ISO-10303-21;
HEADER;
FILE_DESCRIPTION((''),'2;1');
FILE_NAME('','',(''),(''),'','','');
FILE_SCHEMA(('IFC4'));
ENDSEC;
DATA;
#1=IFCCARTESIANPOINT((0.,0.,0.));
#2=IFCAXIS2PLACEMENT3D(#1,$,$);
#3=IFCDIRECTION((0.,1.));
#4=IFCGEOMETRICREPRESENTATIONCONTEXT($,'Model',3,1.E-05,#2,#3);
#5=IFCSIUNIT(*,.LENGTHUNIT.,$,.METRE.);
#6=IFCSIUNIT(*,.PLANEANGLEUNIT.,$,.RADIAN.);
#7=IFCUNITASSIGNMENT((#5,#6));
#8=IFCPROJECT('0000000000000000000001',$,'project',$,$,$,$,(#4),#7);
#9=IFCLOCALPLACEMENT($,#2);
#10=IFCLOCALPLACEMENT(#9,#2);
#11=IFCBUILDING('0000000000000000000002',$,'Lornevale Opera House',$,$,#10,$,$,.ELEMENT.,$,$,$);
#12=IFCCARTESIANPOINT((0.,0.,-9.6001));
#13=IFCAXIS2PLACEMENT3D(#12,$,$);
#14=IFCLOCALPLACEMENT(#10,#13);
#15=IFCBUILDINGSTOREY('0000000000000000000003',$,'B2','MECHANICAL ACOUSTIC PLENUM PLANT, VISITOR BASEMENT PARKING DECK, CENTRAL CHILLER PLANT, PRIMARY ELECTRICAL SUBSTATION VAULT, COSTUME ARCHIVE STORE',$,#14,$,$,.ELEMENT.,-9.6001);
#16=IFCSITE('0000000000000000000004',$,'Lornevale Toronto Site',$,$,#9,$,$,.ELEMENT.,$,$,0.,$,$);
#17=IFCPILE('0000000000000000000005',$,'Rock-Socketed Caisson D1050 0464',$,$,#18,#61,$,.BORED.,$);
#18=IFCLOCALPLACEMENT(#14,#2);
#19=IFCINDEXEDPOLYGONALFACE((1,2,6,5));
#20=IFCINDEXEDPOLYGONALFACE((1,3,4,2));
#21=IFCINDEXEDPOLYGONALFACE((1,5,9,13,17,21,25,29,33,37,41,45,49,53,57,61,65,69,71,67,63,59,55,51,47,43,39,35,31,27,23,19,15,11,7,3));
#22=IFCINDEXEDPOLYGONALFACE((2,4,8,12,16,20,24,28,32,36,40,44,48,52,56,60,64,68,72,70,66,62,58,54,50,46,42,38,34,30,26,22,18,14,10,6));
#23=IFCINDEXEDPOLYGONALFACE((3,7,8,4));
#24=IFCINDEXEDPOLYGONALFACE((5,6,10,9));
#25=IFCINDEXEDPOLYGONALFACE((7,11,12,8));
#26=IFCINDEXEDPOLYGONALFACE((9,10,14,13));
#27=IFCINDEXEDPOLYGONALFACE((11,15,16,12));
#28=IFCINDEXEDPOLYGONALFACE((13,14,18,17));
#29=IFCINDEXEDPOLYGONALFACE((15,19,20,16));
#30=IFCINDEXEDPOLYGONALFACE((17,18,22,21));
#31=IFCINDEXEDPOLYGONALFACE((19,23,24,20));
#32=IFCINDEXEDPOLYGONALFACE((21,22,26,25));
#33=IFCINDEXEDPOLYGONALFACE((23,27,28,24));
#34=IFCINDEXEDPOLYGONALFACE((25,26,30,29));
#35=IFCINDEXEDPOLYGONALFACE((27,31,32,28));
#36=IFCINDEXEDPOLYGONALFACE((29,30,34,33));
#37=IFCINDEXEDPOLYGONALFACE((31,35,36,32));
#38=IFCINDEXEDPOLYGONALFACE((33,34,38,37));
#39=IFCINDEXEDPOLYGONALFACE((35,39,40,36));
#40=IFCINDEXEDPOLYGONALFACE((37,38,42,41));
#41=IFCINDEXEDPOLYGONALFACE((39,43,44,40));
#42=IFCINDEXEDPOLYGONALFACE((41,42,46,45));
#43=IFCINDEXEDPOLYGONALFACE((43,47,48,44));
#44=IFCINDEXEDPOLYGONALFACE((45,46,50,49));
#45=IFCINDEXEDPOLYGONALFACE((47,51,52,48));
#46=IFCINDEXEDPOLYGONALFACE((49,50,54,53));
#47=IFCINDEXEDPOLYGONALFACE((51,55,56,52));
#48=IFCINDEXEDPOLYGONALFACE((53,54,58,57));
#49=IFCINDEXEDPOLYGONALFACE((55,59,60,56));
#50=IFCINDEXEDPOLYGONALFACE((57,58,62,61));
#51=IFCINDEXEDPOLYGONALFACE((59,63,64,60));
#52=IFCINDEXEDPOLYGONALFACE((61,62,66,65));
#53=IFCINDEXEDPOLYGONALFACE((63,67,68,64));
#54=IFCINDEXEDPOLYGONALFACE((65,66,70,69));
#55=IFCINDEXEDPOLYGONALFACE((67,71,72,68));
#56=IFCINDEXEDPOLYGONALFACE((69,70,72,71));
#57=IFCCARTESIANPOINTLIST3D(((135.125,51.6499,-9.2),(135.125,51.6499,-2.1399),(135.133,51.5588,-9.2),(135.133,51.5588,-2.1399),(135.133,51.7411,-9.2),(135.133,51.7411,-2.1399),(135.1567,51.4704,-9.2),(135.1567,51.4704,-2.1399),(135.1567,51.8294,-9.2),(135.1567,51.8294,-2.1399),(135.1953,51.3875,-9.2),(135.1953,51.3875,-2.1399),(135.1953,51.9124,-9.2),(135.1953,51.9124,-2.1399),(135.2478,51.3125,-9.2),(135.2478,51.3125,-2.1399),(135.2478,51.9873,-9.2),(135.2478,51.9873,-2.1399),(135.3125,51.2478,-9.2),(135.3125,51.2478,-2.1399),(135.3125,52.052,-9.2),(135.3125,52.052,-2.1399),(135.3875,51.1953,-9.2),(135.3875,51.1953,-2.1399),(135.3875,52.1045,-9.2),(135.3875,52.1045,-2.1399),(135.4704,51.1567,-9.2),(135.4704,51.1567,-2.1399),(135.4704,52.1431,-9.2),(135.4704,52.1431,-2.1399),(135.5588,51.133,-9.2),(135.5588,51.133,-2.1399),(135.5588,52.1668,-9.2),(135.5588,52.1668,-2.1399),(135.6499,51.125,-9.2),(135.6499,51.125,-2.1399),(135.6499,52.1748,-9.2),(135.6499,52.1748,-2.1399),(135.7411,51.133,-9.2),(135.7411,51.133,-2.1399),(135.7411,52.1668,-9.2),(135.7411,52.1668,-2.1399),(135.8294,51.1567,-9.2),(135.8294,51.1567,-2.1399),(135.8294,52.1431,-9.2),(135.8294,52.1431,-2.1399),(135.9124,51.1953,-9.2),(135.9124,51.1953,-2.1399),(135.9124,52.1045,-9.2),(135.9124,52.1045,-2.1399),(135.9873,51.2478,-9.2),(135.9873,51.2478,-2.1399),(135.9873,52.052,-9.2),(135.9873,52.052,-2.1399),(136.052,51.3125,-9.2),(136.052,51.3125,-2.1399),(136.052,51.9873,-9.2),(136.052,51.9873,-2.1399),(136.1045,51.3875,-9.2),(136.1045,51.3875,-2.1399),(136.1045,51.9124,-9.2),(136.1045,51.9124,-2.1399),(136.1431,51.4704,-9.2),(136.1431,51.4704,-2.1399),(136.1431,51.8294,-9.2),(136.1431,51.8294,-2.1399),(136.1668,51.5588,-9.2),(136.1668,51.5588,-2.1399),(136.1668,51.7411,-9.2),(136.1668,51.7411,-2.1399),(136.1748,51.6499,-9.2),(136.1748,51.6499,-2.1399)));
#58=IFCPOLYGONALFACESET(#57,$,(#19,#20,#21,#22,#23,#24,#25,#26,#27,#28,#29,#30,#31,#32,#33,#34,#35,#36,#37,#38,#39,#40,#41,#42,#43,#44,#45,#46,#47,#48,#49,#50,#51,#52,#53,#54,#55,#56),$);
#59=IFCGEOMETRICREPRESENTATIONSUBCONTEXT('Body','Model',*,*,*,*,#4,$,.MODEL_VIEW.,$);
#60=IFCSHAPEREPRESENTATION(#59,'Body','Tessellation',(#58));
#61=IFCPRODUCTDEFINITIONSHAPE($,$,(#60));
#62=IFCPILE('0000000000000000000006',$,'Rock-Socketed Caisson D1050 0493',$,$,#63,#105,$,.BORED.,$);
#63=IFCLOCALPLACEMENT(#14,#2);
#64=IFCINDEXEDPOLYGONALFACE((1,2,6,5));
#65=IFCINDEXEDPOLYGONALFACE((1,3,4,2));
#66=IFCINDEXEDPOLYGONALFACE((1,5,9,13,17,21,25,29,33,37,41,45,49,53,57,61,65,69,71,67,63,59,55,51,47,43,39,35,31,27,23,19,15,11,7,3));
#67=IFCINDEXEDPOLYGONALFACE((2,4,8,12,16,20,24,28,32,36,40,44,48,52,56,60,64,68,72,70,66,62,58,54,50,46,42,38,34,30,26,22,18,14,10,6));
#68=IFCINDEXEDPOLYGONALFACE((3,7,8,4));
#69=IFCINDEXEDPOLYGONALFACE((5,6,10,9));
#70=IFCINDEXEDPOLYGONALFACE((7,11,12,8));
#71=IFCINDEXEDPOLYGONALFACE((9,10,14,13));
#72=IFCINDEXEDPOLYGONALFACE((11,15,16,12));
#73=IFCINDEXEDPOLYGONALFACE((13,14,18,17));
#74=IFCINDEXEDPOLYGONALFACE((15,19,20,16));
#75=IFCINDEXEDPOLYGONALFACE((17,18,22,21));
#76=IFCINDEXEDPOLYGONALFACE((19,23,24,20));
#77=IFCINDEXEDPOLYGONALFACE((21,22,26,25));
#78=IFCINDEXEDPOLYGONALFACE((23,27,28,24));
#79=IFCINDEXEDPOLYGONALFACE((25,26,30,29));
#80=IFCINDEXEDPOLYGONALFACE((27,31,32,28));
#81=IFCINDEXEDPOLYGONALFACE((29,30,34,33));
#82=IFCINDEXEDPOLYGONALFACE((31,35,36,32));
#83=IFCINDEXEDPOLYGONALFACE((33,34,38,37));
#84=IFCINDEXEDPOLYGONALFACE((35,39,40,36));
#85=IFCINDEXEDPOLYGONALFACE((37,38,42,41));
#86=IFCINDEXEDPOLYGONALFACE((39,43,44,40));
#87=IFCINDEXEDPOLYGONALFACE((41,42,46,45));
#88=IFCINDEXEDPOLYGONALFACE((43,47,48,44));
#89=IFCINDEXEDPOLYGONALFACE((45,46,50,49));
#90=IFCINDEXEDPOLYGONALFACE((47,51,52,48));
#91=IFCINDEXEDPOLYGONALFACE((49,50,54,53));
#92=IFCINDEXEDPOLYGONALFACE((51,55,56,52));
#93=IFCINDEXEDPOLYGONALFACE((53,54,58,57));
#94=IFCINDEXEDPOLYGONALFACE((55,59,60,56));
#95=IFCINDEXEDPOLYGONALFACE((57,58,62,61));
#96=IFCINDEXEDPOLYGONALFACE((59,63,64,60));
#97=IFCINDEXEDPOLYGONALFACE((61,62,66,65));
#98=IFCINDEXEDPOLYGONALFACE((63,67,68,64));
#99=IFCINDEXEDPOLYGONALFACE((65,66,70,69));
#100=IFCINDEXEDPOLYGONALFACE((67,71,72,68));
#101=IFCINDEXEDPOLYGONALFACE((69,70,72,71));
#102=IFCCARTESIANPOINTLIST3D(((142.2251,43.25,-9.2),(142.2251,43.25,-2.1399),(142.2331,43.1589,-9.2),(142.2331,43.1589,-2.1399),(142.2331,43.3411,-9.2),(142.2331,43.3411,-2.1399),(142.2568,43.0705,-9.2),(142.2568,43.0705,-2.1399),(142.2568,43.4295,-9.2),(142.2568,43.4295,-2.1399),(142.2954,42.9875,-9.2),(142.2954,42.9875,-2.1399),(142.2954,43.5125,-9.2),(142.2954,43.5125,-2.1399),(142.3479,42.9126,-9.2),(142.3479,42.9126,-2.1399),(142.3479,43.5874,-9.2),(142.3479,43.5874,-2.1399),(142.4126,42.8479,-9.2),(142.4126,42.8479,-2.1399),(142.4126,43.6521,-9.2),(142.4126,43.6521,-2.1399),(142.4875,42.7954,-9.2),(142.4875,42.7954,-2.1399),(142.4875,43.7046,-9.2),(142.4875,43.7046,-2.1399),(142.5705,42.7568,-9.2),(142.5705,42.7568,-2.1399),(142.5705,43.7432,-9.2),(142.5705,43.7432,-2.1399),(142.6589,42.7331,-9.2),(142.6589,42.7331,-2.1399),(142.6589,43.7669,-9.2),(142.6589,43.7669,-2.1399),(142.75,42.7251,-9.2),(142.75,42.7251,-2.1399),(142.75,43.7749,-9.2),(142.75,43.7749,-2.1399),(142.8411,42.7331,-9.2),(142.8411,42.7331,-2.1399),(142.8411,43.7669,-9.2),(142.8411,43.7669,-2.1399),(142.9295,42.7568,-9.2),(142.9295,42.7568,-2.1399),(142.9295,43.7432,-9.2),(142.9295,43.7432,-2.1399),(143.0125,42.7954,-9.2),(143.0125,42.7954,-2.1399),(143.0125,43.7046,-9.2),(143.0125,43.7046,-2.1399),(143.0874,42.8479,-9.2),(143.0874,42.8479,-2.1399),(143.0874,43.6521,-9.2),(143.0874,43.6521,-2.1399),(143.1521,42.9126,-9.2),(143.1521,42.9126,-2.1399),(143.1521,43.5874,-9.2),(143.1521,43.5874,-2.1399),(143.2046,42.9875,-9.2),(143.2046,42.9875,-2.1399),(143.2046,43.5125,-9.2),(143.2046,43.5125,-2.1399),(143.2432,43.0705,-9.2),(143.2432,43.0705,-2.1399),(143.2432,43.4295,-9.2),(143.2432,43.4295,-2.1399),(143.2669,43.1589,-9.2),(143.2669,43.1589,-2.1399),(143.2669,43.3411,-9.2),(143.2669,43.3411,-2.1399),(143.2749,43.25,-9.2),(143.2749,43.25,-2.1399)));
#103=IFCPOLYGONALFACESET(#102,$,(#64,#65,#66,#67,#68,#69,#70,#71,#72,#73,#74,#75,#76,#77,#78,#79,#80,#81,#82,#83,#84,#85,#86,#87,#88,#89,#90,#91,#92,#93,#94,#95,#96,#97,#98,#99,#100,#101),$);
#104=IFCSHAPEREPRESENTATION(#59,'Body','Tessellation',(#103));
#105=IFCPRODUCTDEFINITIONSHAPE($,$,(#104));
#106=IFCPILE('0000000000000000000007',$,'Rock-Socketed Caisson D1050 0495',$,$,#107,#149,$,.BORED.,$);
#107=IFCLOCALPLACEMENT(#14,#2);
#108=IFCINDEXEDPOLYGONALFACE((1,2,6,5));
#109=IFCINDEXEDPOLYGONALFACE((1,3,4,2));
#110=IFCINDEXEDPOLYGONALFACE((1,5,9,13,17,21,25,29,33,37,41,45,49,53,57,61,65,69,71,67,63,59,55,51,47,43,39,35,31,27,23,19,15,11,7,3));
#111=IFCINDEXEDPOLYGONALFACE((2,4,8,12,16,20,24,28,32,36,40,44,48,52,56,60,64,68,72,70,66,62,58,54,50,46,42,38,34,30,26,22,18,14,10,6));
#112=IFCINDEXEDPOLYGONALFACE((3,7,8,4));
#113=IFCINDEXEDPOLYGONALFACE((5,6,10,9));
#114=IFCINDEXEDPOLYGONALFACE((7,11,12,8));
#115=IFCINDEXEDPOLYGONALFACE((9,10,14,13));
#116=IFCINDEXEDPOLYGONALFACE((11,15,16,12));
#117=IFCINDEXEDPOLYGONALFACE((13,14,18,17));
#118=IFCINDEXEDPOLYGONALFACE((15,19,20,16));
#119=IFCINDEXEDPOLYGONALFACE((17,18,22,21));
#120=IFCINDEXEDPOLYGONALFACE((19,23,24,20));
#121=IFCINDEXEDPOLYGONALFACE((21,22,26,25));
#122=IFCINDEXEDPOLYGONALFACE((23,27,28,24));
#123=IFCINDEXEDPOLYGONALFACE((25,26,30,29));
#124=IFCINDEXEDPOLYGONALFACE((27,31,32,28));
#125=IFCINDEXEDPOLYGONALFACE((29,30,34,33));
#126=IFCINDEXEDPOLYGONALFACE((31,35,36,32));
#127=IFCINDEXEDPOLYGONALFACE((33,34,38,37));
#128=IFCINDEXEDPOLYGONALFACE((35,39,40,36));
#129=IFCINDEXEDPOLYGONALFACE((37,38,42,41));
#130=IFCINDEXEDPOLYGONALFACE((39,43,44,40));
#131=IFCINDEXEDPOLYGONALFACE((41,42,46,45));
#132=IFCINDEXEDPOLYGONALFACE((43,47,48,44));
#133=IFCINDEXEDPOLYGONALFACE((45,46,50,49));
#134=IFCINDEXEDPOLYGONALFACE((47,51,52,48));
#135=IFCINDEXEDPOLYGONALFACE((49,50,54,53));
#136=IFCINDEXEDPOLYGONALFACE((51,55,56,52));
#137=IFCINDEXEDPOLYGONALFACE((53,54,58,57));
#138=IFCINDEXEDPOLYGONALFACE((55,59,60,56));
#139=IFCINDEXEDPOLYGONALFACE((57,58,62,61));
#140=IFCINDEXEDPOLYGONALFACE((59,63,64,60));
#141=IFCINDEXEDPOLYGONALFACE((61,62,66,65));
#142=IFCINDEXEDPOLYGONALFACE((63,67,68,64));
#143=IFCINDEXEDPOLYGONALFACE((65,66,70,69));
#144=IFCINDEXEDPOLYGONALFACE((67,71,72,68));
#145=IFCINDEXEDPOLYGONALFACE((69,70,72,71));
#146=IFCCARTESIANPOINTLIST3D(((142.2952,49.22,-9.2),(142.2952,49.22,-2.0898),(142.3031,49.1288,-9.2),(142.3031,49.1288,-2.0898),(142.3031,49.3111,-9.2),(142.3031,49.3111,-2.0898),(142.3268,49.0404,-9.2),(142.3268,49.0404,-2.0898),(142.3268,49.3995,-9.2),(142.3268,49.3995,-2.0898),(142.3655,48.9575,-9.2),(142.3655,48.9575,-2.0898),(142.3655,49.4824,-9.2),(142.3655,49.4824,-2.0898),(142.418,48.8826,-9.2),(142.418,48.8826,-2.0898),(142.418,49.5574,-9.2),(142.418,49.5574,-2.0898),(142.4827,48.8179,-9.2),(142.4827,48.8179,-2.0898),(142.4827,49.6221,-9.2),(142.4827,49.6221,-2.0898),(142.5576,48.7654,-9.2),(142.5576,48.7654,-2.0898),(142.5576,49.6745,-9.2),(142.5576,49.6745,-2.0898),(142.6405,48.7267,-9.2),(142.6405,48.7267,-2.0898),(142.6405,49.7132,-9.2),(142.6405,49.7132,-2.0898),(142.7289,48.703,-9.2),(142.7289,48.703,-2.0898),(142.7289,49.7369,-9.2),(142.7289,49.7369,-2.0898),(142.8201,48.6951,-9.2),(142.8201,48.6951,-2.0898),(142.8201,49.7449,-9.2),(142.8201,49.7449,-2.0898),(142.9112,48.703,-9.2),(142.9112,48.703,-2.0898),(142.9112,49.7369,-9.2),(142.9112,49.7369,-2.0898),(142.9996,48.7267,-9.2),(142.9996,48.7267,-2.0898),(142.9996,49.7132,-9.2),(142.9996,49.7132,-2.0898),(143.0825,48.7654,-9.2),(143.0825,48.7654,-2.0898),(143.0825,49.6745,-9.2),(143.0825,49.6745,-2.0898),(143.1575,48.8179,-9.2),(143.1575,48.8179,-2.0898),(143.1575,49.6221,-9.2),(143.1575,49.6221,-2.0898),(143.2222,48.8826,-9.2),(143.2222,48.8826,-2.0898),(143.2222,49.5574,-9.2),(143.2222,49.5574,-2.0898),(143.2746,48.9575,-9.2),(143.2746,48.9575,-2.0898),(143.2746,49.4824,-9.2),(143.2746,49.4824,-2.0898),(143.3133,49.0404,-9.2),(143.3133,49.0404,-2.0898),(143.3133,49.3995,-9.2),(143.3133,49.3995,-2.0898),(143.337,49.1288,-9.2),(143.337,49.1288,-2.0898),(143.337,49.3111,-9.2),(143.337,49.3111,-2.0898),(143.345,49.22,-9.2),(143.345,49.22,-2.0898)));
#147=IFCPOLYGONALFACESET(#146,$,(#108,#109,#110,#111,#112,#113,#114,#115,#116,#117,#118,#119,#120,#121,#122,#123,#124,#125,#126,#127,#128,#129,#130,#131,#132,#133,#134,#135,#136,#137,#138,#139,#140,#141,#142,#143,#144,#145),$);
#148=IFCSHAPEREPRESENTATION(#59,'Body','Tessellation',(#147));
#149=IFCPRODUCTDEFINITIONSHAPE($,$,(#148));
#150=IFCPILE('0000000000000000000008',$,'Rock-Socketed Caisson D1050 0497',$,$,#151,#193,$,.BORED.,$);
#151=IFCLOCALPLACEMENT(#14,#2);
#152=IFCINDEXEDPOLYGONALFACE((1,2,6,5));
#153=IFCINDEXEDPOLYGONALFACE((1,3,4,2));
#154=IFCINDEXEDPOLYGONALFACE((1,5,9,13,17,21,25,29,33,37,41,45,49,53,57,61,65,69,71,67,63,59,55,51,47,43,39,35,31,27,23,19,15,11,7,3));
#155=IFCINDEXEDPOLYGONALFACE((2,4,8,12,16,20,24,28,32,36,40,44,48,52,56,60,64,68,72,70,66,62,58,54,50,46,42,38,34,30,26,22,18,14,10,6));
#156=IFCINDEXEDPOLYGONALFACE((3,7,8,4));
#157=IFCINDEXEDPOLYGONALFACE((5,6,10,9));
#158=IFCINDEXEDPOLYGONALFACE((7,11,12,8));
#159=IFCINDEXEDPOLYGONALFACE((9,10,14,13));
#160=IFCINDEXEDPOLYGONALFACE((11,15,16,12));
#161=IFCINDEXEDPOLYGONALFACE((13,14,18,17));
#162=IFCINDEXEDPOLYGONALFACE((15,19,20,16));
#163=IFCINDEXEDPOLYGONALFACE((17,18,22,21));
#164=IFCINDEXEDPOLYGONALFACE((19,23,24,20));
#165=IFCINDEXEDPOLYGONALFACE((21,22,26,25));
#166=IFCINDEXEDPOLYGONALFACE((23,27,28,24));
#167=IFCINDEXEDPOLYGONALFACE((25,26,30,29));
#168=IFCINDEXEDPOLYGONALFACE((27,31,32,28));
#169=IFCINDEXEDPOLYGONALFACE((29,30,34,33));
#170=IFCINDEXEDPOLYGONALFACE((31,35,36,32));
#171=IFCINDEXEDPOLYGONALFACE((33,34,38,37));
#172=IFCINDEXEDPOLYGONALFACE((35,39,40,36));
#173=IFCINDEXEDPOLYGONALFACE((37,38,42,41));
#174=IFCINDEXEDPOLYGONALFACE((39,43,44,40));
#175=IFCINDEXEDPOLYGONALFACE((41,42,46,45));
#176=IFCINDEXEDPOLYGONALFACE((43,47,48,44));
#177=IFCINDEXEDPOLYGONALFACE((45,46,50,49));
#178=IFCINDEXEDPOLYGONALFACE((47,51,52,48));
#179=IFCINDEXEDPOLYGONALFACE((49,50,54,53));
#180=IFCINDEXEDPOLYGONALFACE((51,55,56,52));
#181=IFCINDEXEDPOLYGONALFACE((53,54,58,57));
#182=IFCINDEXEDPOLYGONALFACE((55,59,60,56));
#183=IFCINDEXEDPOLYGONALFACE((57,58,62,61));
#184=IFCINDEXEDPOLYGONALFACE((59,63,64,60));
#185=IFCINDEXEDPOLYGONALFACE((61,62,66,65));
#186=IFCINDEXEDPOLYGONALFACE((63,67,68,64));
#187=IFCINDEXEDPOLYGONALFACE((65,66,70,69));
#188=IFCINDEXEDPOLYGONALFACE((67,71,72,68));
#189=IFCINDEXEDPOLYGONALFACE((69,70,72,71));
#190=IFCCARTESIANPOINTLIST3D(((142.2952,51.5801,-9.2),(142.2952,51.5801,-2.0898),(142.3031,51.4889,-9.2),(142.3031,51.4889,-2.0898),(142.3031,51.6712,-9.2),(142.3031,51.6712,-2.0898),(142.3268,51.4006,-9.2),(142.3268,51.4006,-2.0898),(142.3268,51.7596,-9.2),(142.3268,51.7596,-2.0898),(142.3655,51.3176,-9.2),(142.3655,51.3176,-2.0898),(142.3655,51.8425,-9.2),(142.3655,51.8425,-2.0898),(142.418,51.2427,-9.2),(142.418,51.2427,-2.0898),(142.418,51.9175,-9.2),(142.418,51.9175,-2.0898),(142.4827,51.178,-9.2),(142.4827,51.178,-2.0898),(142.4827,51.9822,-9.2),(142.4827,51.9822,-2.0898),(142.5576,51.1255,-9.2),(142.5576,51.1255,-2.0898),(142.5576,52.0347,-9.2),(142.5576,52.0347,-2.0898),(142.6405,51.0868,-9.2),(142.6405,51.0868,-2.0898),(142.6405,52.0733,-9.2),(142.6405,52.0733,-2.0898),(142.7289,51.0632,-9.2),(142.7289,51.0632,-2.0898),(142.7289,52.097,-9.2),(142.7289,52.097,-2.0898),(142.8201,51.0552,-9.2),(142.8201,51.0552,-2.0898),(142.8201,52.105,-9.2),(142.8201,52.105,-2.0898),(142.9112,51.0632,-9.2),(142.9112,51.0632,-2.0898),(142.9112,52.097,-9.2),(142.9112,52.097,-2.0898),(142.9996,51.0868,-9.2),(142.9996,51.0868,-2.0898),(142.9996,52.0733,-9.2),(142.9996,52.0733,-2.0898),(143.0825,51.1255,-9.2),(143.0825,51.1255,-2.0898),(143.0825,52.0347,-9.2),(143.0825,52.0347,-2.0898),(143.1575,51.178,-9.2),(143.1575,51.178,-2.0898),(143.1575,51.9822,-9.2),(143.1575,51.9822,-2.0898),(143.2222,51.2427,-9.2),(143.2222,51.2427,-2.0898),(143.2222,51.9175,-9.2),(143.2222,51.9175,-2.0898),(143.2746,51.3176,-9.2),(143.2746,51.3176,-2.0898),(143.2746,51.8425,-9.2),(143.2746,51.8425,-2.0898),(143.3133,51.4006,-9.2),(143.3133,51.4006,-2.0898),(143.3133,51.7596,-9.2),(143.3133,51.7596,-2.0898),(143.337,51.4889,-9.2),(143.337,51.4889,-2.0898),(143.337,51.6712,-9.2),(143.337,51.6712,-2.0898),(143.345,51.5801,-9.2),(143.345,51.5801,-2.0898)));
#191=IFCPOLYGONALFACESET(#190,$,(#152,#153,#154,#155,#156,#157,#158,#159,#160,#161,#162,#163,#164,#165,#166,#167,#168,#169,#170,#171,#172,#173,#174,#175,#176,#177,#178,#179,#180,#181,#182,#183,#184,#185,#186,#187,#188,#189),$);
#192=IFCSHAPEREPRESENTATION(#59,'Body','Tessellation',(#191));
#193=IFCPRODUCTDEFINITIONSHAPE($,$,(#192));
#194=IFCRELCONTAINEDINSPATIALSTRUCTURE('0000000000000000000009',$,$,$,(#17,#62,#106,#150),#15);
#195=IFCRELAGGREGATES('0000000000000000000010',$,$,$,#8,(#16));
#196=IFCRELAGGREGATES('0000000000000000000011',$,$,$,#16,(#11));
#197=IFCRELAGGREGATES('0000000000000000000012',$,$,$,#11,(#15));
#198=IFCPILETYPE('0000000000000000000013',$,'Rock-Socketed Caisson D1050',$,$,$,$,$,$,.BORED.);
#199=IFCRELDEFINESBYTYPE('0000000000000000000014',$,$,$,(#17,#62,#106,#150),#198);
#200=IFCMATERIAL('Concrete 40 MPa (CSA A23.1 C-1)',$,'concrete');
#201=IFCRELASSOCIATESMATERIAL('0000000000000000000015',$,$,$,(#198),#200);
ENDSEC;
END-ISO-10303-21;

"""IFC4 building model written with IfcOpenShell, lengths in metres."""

from ifc_helpers import new_model, si_unit, direction, frame, origin, origin_2d, place, context, subcontext, project, spatial, circle, extrude, material, material_profile, profile_set, type_object, element, save


model = new_model("IFC4")

# Units and contexts
model_context = context("Model", 3, precision=1e-05, world=origin(), true_north=direction((0.0, 1.0)))
body_context = subcontext(model_context, "Body", "Model", "MODEL_VIEW")
ifc_project = project(units=[si_unit("LENGTHUNIT", "METRE"), si_unit("PLANEANGLEUNIT", "RADIAN")], contexts=[model_context])

# Site, building, storey
site_placement = place(None, origin())
site = spatial("IfcSite", under=ifc_project, at=site_placement, Name="Lornevale Toronto Site", CompositionType="ELEMENT", RefElevation=0.0)
building_placement = place(site_placement, origin())
building = spatial("IfcBuilding", under=site, at=building_placement, Name="Lornevale Opera House", CompositionType="ELEMENT")
storey_placement = place(building_placement, frame((0.0, 0.0, -9.6001)))
storey = spatial("IfcBuildingStorey", under=building, at=storey_placement, Name="B2", Description="MECHANICAL ACOUSTIC PLENUM PLANT, VISITOR BASEMENT PARKING DECK, CENTRAL CHILLER PLANT, PRIMARY ELECTRICAL SUBSTATION VAULT, COSTUME ARCHIVE STORE", CompositionType="ELEMENT", Elevation=-9.6001)

# Piles
ifc_material_1 = material(Name="Concrete 40 MPa (CSA A23.1 C-1)", Category="concrete")
ifc_material_profile_1 = material_profile(ifc_material_1, circle(Radius=0.5249, at=origin_2d()), Name="CAIS1050")
ifc_profile_set_1 = profile_set([ifc_material_profile_1], Name="Concrete 40 MPa (CSA A23.1 C-1)")
pile_type_1 = type_object("IfcPileType", Name="Rock-Socketed Caisson D1050", PredefinedType="BORED", material=ifc_profile_set_1)
for number, where, z_axis, x_axis, name in (
    (1, (135.6499, 51.6499, -2.1399), (0.0, 0.0, -1.0), (1.0, 0.0, 0.0), "Rock-Socketed Caisson D1050 0464"),
    (2, (142.75, 43.25, -2.1399), (0.0, 0.0, -1.0), (1.0, 0.0, 0.0), "Rock-Socketed Caisson D1050 0493"),
):
    element("IfcPile", number, at=place(storey_placement, frame(where, z_axis=z_axis, x_axis=x_axis)), inside=storey, type_object=pile_type_1, Name=name, PredefinedType="BORED", context=body_context, shape_type="SweptSolid", body=[
        extrude(circle(Radius=0.5249, at=origin_2d()), origin(), (0.0, 0.0, 1.0), 7.0601),
    ])
for number, where, z_axis, x_axis, name in (
    (3, (142.8201, 49.22, -2.0898), (0.0, 0.0, -1.0), (1.0, 0.0, 0.0), "Rock-Socketed Caisson D1050 0495"),
    (4, (142.8201, 51.5801, -2.0898), (0.0, 0.0, -1.0), (1.0, 0.0, 0.0), "Rock-Socketed Caisson D1050 0497"),
):
    element("IfcPile", number, at=place(storey_placement, frame(where, z_axis=z_axis, x_axis=x_axis)), inside=storey, type_object=pile_type_1, Name=name, PredefinedType="BORED", context=body_context, shape_type="SweptSolid", body=[
        extrude(circle(Radius=0.5249, at=origin_2d()), origin(), (0.0, 0.0, 1.0), 7.1101),
    ])

save(model, "model.ifc")
